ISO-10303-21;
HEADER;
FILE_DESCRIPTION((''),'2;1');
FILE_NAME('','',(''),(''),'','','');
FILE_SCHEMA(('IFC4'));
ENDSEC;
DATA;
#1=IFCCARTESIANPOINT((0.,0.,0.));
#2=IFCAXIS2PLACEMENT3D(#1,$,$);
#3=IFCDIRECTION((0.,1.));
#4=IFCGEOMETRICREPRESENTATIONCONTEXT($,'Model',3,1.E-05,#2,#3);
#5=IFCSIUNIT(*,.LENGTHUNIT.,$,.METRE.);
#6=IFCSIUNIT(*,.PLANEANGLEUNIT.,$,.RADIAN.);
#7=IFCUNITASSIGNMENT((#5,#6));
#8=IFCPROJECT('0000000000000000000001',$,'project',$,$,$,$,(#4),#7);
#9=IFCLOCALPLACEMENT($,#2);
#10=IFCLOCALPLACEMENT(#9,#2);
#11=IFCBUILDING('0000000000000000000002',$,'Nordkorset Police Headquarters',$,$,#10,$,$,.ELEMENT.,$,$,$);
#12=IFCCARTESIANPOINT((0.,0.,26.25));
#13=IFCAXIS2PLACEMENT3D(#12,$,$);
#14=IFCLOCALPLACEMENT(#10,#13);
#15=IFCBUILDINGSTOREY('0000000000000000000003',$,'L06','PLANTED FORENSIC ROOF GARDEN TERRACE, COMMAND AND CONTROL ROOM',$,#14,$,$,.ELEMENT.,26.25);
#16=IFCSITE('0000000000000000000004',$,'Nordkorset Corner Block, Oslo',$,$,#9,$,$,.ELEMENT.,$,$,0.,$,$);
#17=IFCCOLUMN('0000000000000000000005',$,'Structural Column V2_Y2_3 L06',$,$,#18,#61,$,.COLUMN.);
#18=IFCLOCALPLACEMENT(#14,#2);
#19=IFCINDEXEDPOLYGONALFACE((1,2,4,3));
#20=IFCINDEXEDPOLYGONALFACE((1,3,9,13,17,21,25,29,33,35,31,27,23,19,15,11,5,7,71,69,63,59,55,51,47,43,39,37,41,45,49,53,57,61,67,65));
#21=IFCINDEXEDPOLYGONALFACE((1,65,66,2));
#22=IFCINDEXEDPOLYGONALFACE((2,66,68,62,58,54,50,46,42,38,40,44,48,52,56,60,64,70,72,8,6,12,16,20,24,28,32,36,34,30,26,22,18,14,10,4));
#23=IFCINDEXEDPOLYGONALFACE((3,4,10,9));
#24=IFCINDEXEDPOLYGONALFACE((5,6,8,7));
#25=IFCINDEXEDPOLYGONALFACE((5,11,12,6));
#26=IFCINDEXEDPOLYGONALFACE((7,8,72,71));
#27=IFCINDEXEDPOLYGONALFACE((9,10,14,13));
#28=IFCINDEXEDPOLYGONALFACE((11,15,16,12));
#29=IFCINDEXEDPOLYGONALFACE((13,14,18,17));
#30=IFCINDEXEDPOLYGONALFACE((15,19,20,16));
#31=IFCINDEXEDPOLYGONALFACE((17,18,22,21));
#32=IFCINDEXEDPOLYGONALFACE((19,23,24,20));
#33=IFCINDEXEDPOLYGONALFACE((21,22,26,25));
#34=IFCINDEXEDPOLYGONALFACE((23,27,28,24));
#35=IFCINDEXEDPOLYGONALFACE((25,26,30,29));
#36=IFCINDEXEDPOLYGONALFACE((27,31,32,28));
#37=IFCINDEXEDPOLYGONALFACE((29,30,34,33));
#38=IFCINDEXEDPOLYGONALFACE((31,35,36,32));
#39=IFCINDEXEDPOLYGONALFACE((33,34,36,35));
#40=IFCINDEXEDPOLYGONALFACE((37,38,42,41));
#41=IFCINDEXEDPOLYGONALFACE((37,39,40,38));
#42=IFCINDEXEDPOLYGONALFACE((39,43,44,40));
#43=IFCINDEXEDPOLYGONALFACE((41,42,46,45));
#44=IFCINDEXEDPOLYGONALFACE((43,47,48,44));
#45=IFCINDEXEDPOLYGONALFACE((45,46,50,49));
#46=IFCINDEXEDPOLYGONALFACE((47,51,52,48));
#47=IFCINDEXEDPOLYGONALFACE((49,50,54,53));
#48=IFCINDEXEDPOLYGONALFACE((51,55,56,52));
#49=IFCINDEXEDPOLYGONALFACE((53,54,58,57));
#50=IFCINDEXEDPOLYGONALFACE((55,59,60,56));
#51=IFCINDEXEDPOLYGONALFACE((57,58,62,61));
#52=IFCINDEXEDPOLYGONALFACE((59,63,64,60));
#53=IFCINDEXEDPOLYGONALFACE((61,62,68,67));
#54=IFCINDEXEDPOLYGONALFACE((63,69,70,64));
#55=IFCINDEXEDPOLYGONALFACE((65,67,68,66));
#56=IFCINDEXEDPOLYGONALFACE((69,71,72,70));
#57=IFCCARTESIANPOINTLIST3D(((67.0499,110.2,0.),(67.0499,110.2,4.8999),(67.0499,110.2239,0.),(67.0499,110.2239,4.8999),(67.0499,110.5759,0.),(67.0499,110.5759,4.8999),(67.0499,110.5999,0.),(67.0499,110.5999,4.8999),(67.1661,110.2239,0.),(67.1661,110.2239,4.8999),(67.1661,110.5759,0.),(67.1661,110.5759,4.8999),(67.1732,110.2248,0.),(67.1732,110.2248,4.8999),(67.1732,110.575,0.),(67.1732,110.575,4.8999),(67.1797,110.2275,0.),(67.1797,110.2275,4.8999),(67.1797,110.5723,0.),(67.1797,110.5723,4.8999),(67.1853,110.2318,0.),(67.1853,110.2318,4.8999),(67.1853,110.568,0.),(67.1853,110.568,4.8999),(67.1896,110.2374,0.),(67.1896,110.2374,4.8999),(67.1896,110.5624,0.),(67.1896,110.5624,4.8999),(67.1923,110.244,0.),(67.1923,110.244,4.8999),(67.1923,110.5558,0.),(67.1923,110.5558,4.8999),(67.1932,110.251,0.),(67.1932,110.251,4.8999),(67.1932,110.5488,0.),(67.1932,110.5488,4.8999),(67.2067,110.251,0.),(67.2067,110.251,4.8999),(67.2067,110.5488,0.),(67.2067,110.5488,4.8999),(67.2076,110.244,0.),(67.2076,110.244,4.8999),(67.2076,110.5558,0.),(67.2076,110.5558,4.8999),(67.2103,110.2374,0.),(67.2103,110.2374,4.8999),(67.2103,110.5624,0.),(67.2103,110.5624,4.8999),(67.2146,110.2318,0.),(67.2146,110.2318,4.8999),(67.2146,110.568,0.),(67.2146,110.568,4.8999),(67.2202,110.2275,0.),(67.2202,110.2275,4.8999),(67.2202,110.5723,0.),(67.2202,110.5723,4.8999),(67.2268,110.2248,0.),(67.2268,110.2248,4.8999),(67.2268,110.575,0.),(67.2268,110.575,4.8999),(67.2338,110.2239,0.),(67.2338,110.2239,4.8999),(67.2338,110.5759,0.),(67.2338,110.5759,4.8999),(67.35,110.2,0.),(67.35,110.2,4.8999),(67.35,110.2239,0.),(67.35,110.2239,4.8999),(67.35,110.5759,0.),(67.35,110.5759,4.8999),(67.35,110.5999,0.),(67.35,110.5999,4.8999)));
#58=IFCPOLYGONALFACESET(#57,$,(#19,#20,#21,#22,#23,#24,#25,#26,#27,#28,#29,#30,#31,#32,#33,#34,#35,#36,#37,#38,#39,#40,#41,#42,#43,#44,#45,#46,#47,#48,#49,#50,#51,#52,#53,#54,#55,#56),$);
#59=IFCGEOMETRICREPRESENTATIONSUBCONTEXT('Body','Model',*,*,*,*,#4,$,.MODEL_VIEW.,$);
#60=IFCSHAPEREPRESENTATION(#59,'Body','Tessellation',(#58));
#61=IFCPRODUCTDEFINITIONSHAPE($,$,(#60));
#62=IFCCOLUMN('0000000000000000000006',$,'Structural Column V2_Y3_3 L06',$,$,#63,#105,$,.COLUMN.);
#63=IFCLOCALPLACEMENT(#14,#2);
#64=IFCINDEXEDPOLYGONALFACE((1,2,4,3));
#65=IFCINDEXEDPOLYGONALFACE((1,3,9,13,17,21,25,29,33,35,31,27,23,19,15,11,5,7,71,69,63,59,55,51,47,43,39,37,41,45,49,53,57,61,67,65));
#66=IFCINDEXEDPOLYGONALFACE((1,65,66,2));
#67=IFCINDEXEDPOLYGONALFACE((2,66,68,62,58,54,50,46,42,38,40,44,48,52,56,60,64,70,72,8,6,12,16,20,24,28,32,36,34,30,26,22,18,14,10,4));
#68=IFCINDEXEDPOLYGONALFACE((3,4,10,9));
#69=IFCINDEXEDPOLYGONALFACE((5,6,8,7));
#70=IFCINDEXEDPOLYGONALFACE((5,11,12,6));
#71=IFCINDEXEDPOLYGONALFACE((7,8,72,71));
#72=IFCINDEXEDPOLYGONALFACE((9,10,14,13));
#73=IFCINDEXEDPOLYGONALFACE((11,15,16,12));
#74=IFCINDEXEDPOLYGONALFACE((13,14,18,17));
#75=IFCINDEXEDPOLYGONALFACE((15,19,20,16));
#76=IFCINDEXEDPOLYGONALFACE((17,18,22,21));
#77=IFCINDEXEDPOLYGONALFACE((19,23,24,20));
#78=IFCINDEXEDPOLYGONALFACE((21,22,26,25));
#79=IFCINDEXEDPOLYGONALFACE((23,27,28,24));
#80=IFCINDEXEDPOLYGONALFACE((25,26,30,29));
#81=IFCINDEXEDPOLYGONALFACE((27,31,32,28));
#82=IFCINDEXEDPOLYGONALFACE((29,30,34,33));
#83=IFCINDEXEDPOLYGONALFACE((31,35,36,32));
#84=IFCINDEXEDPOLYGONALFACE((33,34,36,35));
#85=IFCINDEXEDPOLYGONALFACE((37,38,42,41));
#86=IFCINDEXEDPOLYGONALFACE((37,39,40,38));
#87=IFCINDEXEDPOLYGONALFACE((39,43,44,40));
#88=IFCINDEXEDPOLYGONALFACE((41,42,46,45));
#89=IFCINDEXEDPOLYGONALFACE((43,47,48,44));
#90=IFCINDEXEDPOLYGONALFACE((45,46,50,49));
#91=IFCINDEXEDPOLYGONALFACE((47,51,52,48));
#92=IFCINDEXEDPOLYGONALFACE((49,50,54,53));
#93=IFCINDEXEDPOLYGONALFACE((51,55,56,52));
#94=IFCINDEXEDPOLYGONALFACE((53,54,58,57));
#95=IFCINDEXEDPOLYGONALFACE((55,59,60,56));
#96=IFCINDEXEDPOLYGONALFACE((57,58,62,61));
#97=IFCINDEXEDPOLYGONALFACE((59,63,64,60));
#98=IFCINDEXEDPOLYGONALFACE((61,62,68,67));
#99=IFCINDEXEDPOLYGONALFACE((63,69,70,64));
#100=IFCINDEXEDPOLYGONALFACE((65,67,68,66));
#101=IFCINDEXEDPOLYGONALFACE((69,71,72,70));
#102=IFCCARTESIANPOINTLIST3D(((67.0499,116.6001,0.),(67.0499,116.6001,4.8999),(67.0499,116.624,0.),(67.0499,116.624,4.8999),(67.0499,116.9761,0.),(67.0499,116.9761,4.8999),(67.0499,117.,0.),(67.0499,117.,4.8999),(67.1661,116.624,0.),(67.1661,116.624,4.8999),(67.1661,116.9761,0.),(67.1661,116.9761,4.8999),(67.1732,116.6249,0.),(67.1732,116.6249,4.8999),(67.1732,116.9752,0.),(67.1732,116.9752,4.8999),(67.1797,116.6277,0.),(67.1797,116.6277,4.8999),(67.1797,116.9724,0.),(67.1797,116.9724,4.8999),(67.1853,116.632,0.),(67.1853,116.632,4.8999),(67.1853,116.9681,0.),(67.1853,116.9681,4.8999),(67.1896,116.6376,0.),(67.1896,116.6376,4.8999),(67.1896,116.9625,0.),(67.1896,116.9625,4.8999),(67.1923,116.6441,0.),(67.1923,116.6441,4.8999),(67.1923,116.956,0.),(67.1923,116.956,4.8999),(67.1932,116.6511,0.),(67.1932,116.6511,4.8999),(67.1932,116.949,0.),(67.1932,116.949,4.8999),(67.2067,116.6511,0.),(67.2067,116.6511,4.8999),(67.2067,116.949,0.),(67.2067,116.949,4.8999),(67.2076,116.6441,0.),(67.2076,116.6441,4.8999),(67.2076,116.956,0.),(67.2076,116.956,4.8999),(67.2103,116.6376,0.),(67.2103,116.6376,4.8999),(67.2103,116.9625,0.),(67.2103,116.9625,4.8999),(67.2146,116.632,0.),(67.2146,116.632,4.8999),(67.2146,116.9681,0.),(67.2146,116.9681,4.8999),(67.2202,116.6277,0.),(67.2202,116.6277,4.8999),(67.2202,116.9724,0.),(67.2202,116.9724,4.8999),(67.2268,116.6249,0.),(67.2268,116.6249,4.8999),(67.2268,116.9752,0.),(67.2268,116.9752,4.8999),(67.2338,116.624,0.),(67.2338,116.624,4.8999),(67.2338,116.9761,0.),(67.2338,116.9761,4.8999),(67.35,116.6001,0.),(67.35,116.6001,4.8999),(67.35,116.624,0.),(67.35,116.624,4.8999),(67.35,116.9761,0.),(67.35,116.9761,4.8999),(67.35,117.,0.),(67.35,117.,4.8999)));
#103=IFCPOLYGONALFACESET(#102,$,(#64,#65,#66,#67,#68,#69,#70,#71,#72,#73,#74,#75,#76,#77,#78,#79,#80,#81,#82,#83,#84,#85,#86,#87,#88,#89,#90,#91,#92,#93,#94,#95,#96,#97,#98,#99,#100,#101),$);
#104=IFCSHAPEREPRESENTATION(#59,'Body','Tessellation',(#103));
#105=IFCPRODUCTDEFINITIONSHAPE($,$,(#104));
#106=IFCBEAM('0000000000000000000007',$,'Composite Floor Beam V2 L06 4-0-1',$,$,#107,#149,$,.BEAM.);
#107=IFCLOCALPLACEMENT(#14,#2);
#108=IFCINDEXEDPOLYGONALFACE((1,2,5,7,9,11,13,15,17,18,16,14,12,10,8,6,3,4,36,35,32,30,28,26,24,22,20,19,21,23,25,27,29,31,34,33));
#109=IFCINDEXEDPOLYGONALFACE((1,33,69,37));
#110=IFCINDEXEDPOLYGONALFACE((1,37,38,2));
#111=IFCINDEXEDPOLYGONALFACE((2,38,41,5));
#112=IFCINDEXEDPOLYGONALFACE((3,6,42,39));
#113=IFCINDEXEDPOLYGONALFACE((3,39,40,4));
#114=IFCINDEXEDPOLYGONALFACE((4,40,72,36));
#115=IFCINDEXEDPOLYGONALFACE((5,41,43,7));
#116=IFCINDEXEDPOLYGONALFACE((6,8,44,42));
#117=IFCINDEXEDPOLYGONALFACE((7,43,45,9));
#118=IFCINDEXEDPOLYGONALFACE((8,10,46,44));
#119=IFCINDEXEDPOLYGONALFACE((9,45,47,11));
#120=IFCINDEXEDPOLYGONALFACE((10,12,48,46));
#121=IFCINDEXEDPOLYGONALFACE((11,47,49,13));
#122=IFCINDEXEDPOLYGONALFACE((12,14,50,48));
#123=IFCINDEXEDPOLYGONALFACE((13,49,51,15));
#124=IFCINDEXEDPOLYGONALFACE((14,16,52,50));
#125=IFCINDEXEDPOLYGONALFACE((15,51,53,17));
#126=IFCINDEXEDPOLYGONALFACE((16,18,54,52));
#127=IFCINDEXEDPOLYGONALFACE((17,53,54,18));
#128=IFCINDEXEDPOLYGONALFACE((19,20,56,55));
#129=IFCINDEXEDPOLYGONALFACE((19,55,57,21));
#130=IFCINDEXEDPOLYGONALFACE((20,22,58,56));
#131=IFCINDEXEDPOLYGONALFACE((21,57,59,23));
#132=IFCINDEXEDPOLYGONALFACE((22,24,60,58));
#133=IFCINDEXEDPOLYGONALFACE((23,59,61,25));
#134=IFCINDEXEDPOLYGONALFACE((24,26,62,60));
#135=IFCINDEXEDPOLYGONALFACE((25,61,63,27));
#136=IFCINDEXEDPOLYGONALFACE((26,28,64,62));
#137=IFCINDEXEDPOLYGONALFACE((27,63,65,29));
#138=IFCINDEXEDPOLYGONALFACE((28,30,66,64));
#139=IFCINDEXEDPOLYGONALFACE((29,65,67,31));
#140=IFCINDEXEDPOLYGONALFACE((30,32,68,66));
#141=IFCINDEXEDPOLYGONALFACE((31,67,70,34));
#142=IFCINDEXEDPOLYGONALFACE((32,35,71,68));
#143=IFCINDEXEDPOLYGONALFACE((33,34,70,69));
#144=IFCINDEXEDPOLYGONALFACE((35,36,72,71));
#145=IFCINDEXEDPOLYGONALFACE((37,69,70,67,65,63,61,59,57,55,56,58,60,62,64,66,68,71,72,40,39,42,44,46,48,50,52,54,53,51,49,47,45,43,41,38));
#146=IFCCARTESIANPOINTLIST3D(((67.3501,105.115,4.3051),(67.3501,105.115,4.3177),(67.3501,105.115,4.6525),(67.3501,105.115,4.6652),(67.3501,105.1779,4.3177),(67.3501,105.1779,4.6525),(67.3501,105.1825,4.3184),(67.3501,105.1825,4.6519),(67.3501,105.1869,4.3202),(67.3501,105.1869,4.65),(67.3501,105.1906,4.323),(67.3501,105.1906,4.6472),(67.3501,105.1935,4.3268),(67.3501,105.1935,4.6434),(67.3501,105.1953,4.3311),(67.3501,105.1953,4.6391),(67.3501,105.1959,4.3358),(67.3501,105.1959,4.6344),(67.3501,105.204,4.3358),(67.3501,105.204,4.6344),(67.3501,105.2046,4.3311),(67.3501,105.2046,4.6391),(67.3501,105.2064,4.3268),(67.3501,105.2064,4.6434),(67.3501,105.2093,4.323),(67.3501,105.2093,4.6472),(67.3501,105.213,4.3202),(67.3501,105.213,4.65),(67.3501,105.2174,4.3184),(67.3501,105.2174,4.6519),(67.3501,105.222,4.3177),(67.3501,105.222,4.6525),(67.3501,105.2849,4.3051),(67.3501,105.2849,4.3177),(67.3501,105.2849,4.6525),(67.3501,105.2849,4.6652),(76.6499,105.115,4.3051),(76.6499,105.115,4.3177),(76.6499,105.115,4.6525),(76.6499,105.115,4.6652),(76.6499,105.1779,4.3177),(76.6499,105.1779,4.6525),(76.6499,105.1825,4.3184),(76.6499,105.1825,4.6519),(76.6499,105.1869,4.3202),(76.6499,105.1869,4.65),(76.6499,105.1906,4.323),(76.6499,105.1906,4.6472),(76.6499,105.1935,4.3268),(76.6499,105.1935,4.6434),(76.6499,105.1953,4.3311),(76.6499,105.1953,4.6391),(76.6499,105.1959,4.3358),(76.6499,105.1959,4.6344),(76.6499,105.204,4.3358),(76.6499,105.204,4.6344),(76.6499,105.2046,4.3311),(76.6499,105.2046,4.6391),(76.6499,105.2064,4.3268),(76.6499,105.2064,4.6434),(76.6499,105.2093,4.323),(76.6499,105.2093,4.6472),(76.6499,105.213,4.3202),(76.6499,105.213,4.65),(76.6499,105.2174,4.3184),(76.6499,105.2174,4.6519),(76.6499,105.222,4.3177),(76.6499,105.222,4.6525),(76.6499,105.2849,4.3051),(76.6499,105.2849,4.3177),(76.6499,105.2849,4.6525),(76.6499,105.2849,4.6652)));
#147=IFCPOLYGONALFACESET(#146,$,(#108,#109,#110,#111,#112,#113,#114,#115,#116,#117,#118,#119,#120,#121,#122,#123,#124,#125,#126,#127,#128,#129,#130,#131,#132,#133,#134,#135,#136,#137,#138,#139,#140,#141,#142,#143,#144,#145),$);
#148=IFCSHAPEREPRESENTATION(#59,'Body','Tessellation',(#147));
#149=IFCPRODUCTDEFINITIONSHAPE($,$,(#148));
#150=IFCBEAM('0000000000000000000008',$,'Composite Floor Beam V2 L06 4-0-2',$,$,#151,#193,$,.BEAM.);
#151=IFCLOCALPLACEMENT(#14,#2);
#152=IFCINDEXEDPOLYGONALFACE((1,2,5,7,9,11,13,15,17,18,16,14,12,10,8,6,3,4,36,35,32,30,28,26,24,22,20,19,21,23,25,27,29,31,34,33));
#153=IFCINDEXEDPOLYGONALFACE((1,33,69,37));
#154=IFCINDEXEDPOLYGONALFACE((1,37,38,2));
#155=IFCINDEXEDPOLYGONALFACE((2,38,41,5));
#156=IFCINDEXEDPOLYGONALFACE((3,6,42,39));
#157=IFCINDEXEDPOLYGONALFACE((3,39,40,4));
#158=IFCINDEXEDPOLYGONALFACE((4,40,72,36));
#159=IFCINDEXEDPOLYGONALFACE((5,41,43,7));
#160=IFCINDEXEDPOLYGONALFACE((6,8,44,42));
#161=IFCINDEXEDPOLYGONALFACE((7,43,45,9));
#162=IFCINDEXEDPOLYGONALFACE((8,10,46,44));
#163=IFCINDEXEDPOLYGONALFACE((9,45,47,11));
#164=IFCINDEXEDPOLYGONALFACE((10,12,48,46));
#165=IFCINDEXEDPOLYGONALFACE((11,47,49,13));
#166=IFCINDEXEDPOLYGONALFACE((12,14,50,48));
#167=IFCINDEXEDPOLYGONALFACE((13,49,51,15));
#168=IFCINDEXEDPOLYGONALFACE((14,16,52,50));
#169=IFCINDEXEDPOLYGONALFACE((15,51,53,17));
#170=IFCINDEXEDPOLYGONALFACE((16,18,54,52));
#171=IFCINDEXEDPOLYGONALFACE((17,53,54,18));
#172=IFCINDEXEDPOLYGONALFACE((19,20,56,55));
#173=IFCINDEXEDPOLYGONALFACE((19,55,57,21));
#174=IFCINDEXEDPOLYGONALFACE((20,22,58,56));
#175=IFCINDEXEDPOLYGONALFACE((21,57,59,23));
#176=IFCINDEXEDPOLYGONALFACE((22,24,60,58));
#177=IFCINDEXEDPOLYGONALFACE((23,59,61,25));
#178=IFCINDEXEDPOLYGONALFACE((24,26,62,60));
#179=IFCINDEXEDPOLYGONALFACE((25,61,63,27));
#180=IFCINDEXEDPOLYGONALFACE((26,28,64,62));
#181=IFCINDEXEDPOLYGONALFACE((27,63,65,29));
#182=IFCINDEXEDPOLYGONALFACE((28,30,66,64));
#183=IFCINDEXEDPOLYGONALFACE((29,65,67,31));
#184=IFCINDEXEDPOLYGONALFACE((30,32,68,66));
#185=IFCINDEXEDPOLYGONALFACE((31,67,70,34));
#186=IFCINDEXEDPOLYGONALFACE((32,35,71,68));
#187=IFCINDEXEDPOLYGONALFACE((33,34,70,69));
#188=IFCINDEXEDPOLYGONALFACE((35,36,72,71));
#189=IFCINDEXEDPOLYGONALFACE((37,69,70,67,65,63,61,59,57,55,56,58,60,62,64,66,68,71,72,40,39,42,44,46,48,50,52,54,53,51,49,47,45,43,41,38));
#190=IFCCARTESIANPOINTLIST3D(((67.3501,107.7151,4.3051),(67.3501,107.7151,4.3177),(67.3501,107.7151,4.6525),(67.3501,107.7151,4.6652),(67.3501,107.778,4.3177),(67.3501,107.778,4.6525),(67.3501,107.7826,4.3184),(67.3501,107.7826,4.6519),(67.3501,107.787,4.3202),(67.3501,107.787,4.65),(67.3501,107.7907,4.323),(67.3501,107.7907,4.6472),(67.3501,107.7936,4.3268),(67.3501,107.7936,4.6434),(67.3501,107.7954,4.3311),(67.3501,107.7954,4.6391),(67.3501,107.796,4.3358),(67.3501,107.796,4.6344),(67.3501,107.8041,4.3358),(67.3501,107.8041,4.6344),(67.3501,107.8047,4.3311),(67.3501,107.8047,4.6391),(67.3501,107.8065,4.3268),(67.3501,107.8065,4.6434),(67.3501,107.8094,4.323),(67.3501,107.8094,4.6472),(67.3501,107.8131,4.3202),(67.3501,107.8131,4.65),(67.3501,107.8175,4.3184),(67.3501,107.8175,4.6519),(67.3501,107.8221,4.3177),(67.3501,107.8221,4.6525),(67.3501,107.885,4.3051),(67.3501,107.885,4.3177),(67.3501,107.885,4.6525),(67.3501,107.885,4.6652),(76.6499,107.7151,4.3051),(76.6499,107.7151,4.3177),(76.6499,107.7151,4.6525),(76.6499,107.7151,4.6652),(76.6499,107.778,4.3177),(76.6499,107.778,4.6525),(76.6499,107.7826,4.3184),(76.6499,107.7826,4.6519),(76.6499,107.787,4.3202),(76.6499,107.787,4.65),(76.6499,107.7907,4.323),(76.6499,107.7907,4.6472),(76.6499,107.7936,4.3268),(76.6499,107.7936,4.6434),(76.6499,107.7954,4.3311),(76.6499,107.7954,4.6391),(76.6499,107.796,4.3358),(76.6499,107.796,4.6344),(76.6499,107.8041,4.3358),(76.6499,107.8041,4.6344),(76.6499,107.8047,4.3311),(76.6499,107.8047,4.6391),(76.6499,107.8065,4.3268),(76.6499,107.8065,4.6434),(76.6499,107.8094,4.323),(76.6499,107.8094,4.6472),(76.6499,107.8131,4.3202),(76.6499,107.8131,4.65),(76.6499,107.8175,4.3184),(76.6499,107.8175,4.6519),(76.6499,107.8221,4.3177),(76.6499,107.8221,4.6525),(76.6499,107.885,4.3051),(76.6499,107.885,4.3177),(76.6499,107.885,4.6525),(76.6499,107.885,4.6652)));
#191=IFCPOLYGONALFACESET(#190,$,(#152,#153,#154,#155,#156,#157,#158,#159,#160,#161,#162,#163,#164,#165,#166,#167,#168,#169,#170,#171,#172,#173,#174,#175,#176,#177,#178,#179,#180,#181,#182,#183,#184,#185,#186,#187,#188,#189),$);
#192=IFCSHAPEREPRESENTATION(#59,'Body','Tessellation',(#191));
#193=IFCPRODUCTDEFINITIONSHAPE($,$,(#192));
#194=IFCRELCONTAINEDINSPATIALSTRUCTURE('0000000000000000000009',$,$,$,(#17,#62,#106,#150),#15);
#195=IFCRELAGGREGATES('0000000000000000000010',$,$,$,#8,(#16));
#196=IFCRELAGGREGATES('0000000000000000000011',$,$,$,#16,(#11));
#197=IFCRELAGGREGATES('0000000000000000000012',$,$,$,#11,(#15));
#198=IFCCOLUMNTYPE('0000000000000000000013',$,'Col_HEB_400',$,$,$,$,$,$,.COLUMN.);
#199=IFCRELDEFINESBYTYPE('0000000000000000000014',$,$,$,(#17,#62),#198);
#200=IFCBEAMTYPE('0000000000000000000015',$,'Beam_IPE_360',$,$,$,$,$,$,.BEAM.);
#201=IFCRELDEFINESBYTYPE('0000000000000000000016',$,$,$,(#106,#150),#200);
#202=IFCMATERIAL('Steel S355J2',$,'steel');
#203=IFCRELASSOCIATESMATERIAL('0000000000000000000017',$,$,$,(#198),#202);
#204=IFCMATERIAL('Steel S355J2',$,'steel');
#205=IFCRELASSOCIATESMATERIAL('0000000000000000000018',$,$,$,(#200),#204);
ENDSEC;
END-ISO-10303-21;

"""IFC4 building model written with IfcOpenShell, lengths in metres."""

from ifc_helpers import new_model, si_unit, direction, frame, origin, origin_2d, place, context, subcontext, project, spatial, i_section, extrude, material, material_profile, profile_set, type_object, element, save


model = new_model("IFC4")

# Units and contexts
model_context = context("Model", 3, precision=1e-05, world=origin(), true_north=direction((0.0, 1.0)))
body_context = subcontext(model_context, "Body", "Model", "MODEL_VIEW")
ifc_project = project(units=[si_unit("LENGTHUNIT", "METRE"), si_unit("PLANEANGLEUNIT", "RADIAN")], contexts=[model_context])

# Site, building, storey
site_placement = place(None, origin())
site = spatial("IfcSite", under=ifc_project, at=site_placement, Name="Nordkorset Corner Block, Oslo", CompositionType="ELEMENT", RefElevation=0.0)
building_placement = place(site_placement, origin())
building = spatial("IfcBuilding", under=site, at=building_placement, Name="Nordkorset Police Headquarters", CompositionType="ELEMENT")
storey_placement = place(building_placement, frame((0.0, 0.0, 26.25)))
storey = spatial("IfcBuildingStorey", under=building, at=storey_placement, Name="L06", Description="PLANTED FORENSIC ROOF GARDEN TERRACE, COMMAND AND CONTROL ROOM", CompositionType="ELEMENT", Elevation=26.25)

# Columns
ifc_material_1 = material(Name="Steel S355J2", Category="steel")
ifc_material_profile_1 = material_profile(ifc_material_1, i_section(OverallWidth=0.3, OverallDepth=0.3999, WebThickness=0.0134, FlangeThickness=0.0239, FilletRadius=0.0271, at=origin_2d()), Name="HEB 400")
ifc_profile_set_1 = profile_set([ifc_material_profile_1], Name="Steel S355J2")
column_type = type_object("IfcColumnType", Name="Col_HEB_400", PredefinedType="COLUMN", material=ifc_profile_set_1)
for number, where, z_axis, x_axis, name in (
    (1, (67.2, 110.3999, 0.0), (0.0, 0.0, 1.0), (1.0, 0.0, 0.0), "Structural Column V2_Y2_3 L06"),
    (2, (67.2, 116.8, 0.0), (0.0, 0.0, 1.0), (1.0, 0.0, 0.0), "Structural Column V2_Y3_3 L06"),
):
    element("IfcColumn", number, at=place(storey_placement, frame(where, z_axis=z_axis, x_axis=x_axis)), inside=storey, type_object=column_type, Name=name, PredefinedType="COLUMN", context=body_context, shape_type="SweptSolid", body=[
        extrude(i_section(OverallWidth=0.3, OverallDepth=0.3999, WebThickness=0.0134, FlangeThickness=0.0239, FilletRadius=0.0271, at=origin_2d()), origin(), (0.0, 0.0, 1.0), 4.8999),
    ])

# Beams
ifc_material_2 = material(Name="Steel S355J2", Category="steel")
ifc_material_profile_2 = material_profile(ifc_material_2, i_section(OverallWidth=0.1699, OverallDepth=0.3601, WebThickness=0.0081, FlangeThickness=0.0127, FilletRadius=0.0181, at=origin_2d()), Name="IPE 360")
ifc_profile_set_2 = profile_set([ifc_material_profile_2], Name="Steel S355J2")
beam_type_1 = type_object("IfcBeamType", Name="Beam_IPE_360", PredefinedType="BEAM", material=ifc_profile_set_2)
for number, where, z_axis, x_axis, name in (
    (3, (67.3501, 105.2, 4.4851), (1.0, 0.0, 0.0), (0.0, 1.0, 0.0), "Composite Floor Beam V2 L06 4-0-1"),
    (4, (67.3501, 107.8, 4.4851), (1.0, 0.0, 0.0), (0.0, 1.0, 0.0), "Composite Floor Beam V2 L06 4-0-2"),
):
    element("IfcBeam", number, at=place(storey_placement, frame(where, z_axis=z_axis, x_axis=x_axis)), inside=storey, type_object=beam_type_1, Name=name, PredefinedType="BEAM", context=body_context, shape_type="SweptSolid", body=[
        extrude(i_section(OverallWidth=0.1699, OverallDepth=0.3601, WebThickness=0.0081, FlangeThickness=0.0127, FilletRadius=0.0181, at=origin_2d()), origin(), (0.0, 0.0, 1.0), 9.2998),
    ])

save(model, "model.ifc")
